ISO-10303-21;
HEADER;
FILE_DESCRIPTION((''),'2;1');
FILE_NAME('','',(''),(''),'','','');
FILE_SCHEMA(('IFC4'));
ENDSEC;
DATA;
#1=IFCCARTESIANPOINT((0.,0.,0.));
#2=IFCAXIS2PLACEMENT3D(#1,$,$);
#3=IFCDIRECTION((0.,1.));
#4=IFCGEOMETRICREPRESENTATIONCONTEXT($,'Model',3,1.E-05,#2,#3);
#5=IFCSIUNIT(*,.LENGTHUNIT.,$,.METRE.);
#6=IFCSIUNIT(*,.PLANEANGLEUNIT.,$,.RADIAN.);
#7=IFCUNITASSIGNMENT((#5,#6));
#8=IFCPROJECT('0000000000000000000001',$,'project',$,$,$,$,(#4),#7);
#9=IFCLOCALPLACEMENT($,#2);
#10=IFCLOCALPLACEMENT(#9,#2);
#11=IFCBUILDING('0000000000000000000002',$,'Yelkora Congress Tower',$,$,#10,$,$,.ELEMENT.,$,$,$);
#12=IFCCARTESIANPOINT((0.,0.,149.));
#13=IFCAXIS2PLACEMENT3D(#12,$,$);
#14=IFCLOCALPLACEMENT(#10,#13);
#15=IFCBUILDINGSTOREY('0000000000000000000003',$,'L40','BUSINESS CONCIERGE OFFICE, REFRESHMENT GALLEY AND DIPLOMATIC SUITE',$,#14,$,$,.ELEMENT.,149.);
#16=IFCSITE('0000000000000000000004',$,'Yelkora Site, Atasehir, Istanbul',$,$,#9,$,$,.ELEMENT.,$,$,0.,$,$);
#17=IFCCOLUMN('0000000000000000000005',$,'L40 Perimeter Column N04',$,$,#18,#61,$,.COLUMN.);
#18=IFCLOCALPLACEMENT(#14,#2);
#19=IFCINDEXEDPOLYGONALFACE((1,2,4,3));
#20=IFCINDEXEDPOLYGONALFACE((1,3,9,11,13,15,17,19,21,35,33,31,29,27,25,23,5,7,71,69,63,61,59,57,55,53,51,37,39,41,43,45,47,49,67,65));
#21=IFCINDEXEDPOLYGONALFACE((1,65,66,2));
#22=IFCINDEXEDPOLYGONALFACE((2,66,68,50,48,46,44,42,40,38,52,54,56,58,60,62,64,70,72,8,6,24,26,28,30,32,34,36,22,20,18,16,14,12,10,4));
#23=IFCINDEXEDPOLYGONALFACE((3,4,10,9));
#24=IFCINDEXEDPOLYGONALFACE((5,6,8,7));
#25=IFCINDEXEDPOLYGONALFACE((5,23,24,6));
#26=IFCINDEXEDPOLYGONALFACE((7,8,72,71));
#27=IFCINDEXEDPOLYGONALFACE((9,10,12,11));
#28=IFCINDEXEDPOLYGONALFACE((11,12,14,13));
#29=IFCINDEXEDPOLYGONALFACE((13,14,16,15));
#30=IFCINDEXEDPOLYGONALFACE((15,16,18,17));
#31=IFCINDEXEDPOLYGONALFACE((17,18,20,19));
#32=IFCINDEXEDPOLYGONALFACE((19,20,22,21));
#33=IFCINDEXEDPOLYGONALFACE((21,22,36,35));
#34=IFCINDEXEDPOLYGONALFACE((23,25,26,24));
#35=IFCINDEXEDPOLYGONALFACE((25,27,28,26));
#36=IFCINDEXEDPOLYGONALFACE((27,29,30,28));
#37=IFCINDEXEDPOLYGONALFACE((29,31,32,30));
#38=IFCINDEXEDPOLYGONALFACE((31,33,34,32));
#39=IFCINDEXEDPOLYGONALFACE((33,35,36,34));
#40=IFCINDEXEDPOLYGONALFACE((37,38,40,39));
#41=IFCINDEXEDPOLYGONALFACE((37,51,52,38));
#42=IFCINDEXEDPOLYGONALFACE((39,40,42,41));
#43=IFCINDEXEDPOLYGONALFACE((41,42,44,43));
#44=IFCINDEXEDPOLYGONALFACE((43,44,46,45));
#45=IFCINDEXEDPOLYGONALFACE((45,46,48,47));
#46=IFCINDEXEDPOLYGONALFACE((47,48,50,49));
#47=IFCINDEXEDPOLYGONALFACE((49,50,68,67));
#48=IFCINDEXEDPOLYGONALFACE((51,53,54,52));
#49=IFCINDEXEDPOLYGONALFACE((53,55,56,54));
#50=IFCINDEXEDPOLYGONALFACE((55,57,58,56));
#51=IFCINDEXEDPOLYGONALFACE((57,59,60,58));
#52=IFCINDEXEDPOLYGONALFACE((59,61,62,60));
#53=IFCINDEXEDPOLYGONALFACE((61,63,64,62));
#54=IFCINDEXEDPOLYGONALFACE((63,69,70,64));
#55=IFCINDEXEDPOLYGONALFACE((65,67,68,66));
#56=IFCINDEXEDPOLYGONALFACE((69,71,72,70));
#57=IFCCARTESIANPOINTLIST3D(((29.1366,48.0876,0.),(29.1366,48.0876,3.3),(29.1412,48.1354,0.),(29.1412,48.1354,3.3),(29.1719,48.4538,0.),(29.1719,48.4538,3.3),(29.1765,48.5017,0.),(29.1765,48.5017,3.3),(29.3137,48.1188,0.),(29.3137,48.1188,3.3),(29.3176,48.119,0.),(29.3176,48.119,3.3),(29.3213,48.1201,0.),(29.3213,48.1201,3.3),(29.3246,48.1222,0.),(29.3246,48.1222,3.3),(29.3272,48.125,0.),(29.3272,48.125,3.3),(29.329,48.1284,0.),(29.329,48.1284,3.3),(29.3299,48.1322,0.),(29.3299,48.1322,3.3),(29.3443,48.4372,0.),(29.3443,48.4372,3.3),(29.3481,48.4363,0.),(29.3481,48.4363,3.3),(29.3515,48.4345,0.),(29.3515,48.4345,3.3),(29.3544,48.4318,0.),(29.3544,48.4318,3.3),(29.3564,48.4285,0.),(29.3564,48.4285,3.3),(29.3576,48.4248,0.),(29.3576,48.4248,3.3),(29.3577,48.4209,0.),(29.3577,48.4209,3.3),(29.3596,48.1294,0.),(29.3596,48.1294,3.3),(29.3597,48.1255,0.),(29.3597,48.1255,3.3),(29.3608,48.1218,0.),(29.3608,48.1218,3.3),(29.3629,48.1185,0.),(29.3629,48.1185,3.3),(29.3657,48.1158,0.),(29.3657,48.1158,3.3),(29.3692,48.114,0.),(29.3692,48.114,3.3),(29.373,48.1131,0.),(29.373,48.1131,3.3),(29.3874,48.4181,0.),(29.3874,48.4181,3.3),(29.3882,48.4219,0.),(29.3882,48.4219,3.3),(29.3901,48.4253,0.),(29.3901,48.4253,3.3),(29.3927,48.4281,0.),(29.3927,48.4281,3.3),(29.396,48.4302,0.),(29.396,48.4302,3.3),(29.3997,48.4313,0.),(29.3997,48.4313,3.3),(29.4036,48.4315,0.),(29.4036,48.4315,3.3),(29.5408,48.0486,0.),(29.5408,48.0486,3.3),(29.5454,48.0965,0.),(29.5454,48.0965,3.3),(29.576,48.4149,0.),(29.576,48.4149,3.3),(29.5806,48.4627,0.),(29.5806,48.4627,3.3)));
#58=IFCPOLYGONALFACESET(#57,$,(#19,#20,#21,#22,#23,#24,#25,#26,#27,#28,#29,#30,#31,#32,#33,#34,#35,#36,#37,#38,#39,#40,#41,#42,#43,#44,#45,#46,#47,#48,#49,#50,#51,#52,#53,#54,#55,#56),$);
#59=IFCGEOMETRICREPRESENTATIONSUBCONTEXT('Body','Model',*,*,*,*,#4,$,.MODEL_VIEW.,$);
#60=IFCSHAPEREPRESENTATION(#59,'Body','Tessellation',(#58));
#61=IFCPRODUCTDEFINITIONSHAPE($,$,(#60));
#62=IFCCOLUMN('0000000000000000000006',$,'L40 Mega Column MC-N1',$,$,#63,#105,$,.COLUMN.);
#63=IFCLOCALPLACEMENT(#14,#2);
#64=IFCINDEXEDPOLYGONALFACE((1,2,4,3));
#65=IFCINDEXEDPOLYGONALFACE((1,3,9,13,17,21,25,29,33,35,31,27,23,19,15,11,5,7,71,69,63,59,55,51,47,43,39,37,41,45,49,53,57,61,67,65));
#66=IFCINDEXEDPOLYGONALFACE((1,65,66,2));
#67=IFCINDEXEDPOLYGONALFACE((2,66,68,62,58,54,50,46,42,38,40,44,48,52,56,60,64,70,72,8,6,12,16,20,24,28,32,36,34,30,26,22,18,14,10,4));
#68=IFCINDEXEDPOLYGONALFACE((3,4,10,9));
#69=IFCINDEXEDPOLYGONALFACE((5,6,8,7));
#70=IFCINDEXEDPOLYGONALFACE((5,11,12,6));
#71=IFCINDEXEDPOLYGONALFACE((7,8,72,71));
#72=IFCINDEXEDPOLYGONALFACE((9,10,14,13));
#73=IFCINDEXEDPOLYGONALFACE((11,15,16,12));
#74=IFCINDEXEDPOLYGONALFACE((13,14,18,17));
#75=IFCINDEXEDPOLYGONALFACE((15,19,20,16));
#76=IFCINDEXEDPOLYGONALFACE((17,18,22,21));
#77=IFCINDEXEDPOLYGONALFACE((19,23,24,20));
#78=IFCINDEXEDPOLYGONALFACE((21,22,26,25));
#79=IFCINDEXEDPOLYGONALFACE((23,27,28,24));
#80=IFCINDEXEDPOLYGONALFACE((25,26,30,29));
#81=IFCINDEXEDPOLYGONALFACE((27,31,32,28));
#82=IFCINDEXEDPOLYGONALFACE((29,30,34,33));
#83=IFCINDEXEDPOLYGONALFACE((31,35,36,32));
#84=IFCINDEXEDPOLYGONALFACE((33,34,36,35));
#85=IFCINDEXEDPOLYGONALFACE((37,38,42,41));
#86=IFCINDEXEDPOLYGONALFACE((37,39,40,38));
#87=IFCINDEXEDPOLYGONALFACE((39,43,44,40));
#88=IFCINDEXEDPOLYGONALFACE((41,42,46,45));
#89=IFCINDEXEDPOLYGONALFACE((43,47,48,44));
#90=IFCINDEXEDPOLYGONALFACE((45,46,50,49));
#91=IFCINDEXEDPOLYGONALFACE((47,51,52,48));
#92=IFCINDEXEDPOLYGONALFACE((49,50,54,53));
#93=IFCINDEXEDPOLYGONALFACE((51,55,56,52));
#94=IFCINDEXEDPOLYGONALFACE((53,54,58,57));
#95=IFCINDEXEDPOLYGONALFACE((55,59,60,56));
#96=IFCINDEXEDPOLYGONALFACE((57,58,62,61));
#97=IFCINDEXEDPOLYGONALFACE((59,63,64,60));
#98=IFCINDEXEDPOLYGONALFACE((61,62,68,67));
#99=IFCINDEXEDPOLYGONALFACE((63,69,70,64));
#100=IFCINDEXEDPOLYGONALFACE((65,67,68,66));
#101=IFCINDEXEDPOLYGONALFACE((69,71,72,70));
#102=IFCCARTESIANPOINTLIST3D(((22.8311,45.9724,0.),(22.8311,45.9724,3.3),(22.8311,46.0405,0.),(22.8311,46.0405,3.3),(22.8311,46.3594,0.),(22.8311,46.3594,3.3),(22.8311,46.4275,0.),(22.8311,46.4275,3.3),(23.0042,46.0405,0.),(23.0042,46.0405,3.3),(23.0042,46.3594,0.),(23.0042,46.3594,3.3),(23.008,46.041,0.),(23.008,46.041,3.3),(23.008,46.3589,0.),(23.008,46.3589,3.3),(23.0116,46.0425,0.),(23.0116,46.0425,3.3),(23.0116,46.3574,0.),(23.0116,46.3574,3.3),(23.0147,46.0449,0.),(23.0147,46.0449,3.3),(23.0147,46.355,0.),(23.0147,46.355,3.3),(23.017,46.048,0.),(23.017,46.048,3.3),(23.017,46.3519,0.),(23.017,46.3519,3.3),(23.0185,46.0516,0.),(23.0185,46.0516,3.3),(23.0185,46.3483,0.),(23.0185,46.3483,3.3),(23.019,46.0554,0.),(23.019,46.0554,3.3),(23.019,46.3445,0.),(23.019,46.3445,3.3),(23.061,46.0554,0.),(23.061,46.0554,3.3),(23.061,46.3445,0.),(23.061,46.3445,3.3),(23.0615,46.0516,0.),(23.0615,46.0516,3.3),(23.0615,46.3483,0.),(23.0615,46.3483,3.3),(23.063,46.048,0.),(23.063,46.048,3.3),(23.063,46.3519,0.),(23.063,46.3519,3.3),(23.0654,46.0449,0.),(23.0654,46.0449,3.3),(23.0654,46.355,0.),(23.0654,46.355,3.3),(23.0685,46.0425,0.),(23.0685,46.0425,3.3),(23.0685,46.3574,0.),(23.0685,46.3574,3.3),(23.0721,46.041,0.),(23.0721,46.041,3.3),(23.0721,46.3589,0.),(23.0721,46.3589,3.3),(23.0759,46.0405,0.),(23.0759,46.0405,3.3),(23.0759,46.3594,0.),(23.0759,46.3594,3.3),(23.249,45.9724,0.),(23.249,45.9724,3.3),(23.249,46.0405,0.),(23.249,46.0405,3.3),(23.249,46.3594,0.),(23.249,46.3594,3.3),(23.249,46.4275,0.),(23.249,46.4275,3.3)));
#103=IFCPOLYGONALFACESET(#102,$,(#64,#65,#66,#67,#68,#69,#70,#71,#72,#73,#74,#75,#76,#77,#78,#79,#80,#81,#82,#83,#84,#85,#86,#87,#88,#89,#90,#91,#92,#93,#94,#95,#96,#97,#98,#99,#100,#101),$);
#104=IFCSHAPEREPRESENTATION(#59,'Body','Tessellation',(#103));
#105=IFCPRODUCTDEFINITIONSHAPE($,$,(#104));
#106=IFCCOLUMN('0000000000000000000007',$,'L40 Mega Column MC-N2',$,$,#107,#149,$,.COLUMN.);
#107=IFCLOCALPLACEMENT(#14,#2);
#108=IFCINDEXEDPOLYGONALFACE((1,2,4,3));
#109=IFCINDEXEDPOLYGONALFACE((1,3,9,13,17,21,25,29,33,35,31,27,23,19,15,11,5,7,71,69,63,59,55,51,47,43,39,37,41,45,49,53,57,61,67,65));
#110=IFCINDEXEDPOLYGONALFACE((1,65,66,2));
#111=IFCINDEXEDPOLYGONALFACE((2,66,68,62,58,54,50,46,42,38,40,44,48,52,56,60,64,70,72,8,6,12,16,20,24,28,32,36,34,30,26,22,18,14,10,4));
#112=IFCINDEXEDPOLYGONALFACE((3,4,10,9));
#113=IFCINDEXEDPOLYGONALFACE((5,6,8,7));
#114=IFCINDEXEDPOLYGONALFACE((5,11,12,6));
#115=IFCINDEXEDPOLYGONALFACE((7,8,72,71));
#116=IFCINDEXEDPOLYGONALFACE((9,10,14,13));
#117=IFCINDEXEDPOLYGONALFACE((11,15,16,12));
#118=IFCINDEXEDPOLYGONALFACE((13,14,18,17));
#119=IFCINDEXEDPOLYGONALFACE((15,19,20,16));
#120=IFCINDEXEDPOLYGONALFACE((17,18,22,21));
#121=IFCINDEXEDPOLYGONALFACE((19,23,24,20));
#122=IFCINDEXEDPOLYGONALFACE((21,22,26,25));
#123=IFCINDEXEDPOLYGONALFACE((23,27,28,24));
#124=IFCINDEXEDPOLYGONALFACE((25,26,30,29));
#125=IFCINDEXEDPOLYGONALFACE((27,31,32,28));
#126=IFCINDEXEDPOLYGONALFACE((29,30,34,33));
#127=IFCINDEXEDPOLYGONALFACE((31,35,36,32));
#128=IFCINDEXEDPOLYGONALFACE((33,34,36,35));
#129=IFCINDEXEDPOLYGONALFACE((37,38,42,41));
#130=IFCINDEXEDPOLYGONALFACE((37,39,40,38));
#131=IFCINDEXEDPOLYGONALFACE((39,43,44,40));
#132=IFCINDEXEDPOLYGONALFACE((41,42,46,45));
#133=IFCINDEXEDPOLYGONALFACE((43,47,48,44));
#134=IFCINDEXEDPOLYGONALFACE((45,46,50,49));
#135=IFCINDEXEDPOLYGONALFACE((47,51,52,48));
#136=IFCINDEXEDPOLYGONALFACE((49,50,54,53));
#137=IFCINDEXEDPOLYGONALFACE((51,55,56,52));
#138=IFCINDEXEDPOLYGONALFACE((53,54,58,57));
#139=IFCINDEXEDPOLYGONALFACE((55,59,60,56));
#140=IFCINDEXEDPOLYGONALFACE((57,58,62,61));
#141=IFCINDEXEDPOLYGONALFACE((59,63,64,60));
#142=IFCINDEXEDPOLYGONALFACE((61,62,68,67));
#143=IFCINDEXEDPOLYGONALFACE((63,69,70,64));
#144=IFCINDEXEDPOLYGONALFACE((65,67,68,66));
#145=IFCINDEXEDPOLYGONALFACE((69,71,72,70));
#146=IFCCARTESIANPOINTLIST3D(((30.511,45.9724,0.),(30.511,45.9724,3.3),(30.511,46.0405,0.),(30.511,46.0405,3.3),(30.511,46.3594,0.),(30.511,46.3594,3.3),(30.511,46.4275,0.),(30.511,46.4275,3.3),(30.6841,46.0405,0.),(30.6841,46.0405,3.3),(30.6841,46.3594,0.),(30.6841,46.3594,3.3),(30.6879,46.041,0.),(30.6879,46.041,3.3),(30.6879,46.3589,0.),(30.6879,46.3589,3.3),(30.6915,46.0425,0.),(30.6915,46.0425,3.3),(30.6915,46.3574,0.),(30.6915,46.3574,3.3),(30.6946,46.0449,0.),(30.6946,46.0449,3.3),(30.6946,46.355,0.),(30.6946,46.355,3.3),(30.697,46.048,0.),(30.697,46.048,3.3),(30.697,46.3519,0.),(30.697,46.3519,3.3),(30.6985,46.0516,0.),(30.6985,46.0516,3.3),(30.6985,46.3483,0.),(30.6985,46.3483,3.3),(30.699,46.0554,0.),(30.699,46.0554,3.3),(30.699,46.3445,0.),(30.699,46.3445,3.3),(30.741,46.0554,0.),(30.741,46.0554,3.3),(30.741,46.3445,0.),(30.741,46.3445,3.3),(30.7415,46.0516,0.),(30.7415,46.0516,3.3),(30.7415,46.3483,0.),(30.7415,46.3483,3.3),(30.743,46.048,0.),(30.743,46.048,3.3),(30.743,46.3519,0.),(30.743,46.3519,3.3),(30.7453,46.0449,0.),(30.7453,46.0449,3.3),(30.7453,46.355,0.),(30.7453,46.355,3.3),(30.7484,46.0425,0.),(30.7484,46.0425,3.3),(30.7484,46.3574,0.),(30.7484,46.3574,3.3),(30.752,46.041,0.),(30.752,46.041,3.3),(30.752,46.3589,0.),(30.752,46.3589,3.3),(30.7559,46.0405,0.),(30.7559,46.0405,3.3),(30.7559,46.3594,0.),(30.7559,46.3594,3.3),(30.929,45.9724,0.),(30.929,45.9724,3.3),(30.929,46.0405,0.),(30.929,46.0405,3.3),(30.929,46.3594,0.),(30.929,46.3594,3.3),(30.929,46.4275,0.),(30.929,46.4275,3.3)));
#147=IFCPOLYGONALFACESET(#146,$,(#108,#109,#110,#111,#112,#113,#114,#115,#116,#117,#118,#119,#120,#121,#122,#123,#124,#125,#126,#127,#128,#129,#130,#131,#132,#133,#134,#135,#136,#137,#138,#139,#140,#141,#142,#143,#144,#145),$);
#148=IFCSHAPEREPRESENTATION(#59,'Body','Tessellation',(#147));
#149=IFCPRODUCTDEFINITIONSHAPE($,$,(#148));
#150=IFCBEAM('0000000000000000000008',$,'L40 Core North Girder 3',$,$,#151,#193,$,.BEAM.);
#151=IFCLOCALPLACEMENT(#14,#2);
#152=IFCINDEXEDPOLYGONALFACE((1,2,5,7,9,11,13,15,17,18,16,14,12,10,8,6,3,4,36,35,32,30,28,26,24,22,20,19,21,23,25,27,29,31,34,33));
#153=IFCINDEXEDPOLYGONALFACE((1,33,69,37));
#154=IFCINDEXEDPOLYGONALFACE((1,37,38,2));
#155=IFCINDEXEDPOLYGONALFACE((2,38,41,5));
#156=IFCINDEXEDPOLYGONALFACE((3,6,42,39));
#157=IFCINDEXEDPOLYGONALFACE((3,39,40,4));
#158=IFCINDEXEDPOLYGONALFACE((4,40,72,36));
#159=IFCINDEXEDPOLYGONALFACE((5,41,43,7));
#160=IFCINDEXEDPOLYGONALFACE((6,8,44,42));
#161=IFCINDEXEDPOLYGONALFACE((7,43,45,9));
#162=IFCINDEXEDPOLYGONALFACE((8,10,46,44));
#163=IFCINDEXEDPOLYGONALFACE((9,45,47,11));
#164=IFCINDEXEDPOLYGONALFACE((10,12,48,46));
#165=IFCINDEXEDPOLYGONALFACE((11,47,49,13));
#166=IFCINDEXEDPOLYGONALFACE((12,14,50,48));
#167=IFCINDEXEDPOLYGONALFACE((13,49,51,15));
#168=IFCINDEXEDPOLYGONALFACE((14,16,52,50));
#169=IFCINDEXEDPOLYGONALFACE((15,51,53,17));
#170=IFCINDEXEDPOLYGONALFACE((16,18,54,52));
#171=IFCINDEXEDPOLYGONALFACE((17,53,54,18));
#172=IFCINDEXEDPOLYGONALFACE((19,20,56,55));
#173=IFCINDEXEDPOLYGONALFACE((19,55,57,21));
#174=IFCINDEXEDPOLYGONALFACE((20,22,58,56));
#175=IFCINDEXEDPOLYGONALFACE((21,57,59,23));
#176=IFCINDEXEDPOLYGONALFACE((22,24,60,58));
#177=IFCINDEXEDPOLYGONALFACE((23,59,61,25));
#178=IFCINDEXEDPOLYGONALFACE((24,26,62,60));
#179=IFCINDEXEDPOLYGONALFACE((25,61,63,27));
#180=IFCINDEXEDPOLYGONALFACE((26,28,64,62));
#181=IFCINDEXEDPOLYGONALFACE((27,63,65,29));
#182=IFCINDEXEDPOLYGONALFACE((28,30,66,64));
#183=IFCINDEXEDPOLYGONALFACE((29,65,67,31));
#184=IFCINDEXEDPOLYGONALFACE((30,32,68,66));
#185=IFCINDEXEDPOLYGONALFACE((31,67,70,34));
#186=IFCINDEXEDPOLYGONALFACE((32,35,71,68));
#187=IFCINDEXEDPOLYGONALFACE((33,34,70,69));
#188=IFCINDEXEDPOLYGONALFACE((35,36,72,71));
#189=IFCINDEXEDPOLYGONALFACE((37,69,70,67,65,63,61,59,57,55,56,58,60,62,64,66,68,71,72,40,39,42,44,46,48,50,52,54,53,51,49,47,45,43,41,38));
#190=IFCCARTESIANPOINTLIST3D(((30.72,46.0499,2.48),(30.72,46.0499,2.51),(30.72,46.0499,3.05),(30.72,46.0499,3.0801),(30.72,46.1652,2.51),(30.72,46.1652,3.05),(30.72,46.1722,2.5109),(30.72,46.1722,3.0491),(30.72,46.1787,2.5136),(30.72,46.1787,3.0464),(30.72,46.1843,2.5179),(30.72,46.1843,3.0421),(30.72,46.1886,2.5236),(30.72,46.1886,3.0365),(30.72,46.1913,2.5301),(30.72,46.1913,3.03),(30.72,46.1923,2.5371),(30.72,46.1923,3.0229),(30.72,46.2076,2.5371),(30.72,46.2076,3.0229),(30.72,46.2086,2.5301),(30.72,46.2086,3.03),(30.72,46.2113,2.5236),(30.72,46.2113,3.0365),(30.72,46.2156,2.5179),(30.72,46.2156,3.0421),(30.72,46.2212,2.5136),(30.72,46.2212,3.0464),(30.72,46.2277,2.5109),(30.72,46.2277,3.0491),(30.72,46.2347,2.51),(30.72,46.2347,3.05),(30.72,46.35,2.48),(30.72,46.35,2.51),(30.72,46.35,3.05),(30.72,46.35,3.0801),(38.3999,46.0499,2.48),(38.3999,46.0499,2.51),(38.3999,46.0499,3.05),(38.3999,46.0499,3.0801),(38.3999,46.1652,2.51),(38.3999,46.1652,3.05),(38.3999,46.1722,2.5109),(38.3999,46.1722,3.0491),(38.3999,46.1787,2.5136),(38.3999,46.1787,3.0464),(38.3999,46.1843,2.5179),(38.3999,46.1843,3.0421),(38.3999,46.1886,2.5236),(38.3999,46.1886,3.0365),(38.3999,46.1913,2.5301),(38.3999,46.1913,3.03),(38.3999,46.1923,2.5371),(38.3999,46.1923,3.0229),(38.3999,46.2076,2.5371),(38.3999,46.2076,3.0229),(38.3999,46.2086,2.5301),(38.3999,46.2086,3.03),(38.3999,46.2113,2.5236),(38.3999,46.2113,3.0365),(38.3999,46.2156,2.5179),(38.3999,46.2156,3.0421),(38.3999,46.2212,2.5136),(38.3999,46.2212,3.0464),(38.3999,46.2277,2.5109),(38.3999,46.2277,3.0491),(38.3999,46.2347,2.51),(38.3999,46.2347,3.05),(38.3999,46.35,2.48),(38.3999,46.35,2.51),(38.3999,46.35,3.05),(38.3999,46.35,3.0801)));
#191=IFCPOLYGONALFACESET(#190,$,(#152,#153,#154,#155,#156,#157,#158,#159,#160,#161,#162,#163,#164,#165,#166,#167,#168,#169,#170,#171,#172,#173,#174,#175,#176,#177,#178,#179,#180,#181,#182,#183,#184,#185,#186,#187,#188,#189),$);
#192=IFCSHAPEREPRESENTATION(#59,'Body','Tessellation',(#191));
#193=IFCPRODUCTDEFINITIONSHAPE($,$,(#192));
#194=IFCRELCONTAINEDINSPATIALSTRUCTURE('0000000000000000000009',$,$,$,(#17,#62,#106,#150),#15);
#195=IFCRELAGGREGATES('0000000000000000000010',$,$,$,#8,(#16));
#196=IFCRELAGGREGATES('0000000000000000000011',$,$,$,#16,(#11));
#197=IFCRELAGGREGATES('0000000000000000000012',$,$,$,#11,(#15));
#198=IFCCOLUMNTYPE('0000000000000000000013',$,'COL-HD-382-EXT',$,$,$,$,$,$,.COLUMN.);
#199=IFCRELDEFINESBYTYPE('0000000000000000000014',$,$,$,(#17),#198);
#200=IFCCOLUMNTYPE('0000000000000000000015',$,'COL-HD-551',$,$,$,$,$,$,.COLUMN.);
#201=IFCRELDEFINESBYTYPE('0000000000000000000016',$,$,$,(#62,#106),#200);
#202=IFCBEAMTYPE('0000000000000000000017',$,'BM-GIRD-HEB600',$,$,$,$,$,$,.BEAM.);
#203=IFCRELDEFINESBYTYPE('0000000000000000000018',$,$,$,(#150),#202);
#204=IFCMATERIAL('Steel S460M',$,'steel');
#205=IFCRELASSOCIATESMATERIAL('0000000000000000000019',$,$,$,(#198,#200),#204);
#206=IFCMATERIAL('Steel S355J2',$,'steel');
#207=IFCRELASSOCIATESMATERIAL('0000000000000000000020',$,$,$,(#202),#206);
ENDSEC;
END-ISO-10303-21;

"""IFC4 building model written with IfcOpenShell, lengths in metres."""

from ifc_helpers import new_model, si_unit, direction, frame, origin, origin_2d, place, context, subcontext, project, spatial, i_section, extrude, material, material_profile, profile_set, type_object, element, save


model = new_model("IFC4")

# Units and contexts
model_context = context("Model", 3, precision=1e-05, world=origin(), true_north=direction((0.0, 1.0)))
body_context = subcontext(model_context, "Body", "Model", "MODEL_VIEW")
ifc_project = project(units=[si_unit("LENGTHUNIT", "METRE"), si_unit("PLANEANGLEUNIT", "RADIAN")], contexts=[model_context])

# Site, building, storey
site_placement = place(None, origin())
site = spatial("IfcSite", under=ifc_project, at=site_placement, Name="Yelkora Site, Atasehir, Istanbul", CompositionType="ELEMENT", RefElevation=0.0)
building_placement = place(site_placement, origin())
building = spatial("IfcBuilding", under=site, at=building_placement, Name="Yelkora Congress Tower", CompositionType="ELEMENT")
storey_placement = place(building_placement, frame((0.0, 0.0, 149.0)))
storey = spatial("IfcBuildingStorey", under=building, at=storey_placement, Name="L40", Description="BUSINESS CONCIERGE OFFICE, REFRESHMENT GALLEY AND DIPLOMATIC SUITE", CompositionType="ELEMENT", Elevation=149.0)

# Columns
ifc_material_1 = material(Name="Steel S460M", Category="steel")
ifc_material_profile_1 = material_profile(ifc_material_1, i_section(OverallWidth=0.406, OverallDepth=0.416, WebThickness=0.0298, FlangeThickness=0.0481, FilletRadius=0.0149, at=origin_2d()), Name="HD 400x382")
ifc_profile_set_1 = profile_set([ifc_material_profile_1], Name="Steel S460M")
column_type_1 = type_object("IfcColumnType", Name="COL-HD-382-EXT", PredefinedType="COLUMN", material=ifc_profile_set_1)
column_placement = place(storey_placement, frame((29.3586, 48.2751, 0.0), z_axis=(0.0, 0.0, 1.0), x_axis=(0.995396, -0.095846, 0.0)))
element("IfcColumn", 1, at=column_placement, inside=storey, type_object=column_type_1, Name="L40 Perimeter Column N04", PredefinedType="COLUMN", context=body_context, shape_type="SweptSolid", body=[
    extrude(i_section(OverallWidth=0.406, OverallDepth=0.416, WebThickness=0.0298, FlangeThickness=0.0481, FilletRadius=0.0149, at=origin_2d()), origin(), (0.0, 0.0, 1.0), 3.3),
])
ifc_material_profile_2 = material_profile(ifc_material_1, i_section(OverallWidth=0.418, OverallDepth=0.4551, WebThickness=0.042, FlangeThickness=0.0681, FilletRadius=0.0149, at=origin_2d()), Name="HD 400x551")
ifc_profile_set_2 = profile_set([ifc_material_profile_2], Name="Steel S460M")
column_type_2 = type_object("IfcColumnType", Name="COL-HD-551", PredefinedType="COLUMN", material=ifc_profile_set_2)
for number, where, z_axis, x_axis, name in (
    (2, (23.04, 46.2, 0.0), (0.0, 0.0, 1.0), (1.0, 0.0, 0.0), "L40 Mega Column MC-N1"),
    (3, (30.72, 46.2, 0.0), (0.0, 0.0, 1.0), (1.0, 0.0, 0.0), "L40 Mega Column MC-N2"),
):
    element("IfcColumn", number, at=place(storey_placement, frame(where, z_axis=z_axis, x_axis=x_axis)), inside=storey, type_object=column_type_2, Name=name, PredefinedType="COLUMN", context=body_context, shape_type="SweptSolid", body=[
        extrude(i_section(OverallWidth=0.418, OverallDepth=0.4551, WebThickness=0.042, FlangeThickness=0.0681, FilletRadius=0.0149, at=origin_2d()), origin(), (0.0, 0.0, 1.0), 3.3),
    ])

# Beam
ifc_material_2 = material(Name="Steel S355J2", Category="steel")
ifc_material_profile_3 = material_profile(ifc_material_2, i_section(OverallWidth=0.3, OverallDepth=0.6001, WebThickness=0.0154, FlangeThickness=0.03, FilletRadius=0.0271, at=origin_2d()), Name="HEB 600")
ifc_profile_set_3 = profile_set([ifc_material_profile_3], Name="Steel S355J2")
beam_type_1 = type_object("IfcBeamType", Name="BM-GIRD-HEB600", PredefinedType="BEAM", material=ifc_profile_set_3)
beam_1_placement = place(storey_placement, frame((30.72, 46.2, 2.78), z_axis=(1.0, 0.0, 0.0), x_axis=(0.0, 1.0, 0.0)))
element("IfcBeam", 4, at=beam_1_placement, inside=storey, type_object=beam_type_1, Name="L40 Core North Girder 3", PredefinedType="BEAM", context=body_context, shape_type="SweptSolid", body=[
    extrude(i_section(OverallWidth=0.3, OverallDepth=0.6001, WebThickness=0.0154, FlangeThickness=0.03, FilletRadius=0.0271, at=origin_2d()), origin(), (0.0, 0.0, 1.0), 7.6799),
])

save(model, "model.ifc")
